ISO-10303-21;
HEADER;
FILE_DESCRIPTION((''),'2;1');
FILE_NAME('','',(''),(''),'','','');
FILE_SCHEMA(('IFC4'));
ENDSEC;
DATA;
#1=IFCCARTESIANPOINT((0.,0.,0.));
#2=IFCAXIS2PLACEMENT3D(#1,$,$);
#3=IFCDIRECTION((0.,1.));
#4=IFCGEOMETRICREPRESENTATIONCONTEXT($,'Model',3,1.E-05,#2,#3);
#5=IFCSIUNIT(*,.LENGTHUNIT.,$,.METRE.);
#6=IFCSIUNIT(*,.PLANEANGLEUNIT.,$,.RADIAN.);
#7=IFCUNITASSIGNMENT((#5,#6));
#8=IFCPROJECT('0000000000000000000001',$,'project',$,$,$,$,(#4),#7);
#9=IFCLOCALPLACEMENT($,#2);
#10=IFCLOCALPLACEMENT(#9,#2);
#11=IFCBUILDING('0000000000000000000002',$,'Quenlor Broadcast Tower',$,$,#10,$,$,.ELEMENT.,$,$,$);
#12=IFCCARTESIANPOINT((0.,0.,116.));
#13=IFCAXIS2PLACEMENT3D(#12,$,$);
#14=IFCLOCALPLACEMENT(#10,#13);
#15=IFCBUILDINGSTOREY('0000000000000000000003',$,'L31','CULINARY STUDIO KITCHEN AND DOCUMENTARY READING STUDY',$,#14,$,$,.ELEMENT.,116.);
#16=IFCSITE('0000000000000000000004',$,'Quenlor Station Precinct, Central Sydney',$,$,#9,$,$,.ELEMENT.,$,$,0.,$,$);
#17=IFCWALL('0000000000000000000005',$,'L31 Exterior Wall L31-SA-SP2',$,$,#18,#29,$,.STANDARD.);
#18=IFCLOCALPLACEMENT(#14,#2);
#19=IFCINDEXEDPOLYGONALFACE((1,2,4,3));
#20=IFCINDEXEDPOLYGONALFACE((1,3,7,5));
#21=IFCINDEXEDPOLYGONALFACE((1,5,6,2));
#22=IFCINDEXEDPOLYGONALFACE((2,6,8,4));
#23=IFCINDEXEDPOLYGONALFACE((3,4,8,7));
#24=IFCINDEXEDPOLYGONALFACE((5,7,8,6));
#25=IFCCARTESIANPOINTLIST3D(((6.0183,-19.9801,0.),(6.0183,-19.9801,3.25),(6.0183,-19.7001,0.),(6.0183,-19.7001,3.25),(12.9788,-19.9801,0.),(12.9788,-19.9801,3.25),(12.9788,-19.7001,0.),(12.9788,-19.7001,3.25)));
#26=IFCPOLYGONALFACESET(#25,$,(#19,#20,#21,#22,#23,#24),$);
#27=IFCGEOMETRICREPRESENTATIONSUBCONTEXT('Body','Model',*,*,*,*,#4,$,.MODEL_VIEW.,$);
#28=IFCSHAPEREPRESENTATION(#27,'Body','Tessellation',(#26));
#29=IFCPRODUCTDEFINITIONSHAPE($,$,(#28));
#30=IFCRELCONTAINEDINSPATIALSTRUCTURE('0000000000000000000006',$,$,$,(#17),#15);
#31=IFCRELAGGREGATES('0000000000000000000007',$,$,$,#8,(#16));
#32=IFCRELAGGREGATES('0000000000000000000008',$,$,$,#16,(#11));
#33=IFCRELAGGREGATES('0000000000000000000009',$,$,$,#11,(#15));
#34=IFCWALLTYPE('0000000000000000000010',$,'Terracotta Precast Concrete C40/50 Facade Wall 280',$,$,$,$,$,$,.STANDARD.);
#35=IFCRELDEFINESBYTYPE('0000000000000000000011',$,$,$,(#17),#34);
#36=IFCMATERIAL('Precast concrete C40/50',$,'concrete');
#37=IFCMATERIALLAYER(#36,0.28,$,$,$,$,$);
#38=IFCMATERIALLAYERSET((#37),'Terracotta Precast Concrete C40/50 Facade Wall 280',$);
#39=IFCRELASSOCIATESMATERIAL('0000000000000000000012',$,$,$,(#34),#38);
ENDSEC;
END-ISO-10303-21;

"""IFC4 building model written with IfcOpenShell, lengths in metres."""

from ifc_helpers import new_model, si_unit, direction, frame, frame_2d, origin, place, context, subcontext, project, spatial, rectangle, extrude, material, layer, layer_set, type_object, element, save


model = new_model("IFC4")

# Units and contexts
model_context = context("Model", 3, precision=1e-05, world=origin(), true_north=direction((0.0, 1.0)))
body_context = subcontext(model_context, "Body", "Model", "MODEL_VIEW")
ifc_project = project(units=[si_unit("LENGTHUNIT", "METRE"), si_unit("PLANEANGLEUNIT", "RADIAN")], contexts=[model_context])

# Site, building, storey
site_placement = place(None, origin())
site = spatial("IfcSite", under=ifc_project, at=site_placement, Name="Quenlor Station Precinct, Central Sydney", CompositionType="ELEMENT", RefElevation=0.0)
building_placement = place(site_placement, origin())
building = spatial("IfcBuilding", under=site, at=building_placement, Name="Quenlor Broadcast Tower", CompositionType="ELEMENT")
storey_placement = place(building_placement, frame((0.0, 0.0, 116.0)))
storey = spatial("IfcBuildingStorey", under=building, at=storey_placement, Name="L31", Description="CULINARY STUDIO KITCHEN AND DOCUMENTARY READING STUDY", CompositionType="ELEMENT", Elevation=116.0)

# Wall
ifc_material_1 = material(Name="Precast concrete C40/50", Category="concrete")
ifc_layer_1 = layer(ifc_material_1, 0.28)
ifc_layer_set_1 = layer_set([ifc_layer_1], Name="Terracotta Precast Concrete C40/50 Facade Wall 280")
wall_type_1 = type_object("IfcWallType", Name="Terracotta Precast Concrete C40/50 Facade Wall 280", PredefinedType="STANDARD", material=ifc_layer_set_1)
wall_1_placement = place(storey_placement, frame((12.9788, -19.8401, 0.0), z_axis=(0.0, 0.0, 1.0), x_axis=(-1.0, 0.0, 0.0)))
element("IfcWall", 1, at=wall_1_placement, inside=storey, type_object=wall_type_1, Name="L31 Exterior Wall L31-SA-SP2", PredefinedType="STANDARD", context=body_context, shape_type="SweptSolid", body=[
    extrude(rectangle(XDim=6.9604, YDim=0.28, at=frame_2d((3.4802, 0.0))), origin(), (0.0, 0.0, 1.0), 3.25),
])

save(model, "model.ifc")
